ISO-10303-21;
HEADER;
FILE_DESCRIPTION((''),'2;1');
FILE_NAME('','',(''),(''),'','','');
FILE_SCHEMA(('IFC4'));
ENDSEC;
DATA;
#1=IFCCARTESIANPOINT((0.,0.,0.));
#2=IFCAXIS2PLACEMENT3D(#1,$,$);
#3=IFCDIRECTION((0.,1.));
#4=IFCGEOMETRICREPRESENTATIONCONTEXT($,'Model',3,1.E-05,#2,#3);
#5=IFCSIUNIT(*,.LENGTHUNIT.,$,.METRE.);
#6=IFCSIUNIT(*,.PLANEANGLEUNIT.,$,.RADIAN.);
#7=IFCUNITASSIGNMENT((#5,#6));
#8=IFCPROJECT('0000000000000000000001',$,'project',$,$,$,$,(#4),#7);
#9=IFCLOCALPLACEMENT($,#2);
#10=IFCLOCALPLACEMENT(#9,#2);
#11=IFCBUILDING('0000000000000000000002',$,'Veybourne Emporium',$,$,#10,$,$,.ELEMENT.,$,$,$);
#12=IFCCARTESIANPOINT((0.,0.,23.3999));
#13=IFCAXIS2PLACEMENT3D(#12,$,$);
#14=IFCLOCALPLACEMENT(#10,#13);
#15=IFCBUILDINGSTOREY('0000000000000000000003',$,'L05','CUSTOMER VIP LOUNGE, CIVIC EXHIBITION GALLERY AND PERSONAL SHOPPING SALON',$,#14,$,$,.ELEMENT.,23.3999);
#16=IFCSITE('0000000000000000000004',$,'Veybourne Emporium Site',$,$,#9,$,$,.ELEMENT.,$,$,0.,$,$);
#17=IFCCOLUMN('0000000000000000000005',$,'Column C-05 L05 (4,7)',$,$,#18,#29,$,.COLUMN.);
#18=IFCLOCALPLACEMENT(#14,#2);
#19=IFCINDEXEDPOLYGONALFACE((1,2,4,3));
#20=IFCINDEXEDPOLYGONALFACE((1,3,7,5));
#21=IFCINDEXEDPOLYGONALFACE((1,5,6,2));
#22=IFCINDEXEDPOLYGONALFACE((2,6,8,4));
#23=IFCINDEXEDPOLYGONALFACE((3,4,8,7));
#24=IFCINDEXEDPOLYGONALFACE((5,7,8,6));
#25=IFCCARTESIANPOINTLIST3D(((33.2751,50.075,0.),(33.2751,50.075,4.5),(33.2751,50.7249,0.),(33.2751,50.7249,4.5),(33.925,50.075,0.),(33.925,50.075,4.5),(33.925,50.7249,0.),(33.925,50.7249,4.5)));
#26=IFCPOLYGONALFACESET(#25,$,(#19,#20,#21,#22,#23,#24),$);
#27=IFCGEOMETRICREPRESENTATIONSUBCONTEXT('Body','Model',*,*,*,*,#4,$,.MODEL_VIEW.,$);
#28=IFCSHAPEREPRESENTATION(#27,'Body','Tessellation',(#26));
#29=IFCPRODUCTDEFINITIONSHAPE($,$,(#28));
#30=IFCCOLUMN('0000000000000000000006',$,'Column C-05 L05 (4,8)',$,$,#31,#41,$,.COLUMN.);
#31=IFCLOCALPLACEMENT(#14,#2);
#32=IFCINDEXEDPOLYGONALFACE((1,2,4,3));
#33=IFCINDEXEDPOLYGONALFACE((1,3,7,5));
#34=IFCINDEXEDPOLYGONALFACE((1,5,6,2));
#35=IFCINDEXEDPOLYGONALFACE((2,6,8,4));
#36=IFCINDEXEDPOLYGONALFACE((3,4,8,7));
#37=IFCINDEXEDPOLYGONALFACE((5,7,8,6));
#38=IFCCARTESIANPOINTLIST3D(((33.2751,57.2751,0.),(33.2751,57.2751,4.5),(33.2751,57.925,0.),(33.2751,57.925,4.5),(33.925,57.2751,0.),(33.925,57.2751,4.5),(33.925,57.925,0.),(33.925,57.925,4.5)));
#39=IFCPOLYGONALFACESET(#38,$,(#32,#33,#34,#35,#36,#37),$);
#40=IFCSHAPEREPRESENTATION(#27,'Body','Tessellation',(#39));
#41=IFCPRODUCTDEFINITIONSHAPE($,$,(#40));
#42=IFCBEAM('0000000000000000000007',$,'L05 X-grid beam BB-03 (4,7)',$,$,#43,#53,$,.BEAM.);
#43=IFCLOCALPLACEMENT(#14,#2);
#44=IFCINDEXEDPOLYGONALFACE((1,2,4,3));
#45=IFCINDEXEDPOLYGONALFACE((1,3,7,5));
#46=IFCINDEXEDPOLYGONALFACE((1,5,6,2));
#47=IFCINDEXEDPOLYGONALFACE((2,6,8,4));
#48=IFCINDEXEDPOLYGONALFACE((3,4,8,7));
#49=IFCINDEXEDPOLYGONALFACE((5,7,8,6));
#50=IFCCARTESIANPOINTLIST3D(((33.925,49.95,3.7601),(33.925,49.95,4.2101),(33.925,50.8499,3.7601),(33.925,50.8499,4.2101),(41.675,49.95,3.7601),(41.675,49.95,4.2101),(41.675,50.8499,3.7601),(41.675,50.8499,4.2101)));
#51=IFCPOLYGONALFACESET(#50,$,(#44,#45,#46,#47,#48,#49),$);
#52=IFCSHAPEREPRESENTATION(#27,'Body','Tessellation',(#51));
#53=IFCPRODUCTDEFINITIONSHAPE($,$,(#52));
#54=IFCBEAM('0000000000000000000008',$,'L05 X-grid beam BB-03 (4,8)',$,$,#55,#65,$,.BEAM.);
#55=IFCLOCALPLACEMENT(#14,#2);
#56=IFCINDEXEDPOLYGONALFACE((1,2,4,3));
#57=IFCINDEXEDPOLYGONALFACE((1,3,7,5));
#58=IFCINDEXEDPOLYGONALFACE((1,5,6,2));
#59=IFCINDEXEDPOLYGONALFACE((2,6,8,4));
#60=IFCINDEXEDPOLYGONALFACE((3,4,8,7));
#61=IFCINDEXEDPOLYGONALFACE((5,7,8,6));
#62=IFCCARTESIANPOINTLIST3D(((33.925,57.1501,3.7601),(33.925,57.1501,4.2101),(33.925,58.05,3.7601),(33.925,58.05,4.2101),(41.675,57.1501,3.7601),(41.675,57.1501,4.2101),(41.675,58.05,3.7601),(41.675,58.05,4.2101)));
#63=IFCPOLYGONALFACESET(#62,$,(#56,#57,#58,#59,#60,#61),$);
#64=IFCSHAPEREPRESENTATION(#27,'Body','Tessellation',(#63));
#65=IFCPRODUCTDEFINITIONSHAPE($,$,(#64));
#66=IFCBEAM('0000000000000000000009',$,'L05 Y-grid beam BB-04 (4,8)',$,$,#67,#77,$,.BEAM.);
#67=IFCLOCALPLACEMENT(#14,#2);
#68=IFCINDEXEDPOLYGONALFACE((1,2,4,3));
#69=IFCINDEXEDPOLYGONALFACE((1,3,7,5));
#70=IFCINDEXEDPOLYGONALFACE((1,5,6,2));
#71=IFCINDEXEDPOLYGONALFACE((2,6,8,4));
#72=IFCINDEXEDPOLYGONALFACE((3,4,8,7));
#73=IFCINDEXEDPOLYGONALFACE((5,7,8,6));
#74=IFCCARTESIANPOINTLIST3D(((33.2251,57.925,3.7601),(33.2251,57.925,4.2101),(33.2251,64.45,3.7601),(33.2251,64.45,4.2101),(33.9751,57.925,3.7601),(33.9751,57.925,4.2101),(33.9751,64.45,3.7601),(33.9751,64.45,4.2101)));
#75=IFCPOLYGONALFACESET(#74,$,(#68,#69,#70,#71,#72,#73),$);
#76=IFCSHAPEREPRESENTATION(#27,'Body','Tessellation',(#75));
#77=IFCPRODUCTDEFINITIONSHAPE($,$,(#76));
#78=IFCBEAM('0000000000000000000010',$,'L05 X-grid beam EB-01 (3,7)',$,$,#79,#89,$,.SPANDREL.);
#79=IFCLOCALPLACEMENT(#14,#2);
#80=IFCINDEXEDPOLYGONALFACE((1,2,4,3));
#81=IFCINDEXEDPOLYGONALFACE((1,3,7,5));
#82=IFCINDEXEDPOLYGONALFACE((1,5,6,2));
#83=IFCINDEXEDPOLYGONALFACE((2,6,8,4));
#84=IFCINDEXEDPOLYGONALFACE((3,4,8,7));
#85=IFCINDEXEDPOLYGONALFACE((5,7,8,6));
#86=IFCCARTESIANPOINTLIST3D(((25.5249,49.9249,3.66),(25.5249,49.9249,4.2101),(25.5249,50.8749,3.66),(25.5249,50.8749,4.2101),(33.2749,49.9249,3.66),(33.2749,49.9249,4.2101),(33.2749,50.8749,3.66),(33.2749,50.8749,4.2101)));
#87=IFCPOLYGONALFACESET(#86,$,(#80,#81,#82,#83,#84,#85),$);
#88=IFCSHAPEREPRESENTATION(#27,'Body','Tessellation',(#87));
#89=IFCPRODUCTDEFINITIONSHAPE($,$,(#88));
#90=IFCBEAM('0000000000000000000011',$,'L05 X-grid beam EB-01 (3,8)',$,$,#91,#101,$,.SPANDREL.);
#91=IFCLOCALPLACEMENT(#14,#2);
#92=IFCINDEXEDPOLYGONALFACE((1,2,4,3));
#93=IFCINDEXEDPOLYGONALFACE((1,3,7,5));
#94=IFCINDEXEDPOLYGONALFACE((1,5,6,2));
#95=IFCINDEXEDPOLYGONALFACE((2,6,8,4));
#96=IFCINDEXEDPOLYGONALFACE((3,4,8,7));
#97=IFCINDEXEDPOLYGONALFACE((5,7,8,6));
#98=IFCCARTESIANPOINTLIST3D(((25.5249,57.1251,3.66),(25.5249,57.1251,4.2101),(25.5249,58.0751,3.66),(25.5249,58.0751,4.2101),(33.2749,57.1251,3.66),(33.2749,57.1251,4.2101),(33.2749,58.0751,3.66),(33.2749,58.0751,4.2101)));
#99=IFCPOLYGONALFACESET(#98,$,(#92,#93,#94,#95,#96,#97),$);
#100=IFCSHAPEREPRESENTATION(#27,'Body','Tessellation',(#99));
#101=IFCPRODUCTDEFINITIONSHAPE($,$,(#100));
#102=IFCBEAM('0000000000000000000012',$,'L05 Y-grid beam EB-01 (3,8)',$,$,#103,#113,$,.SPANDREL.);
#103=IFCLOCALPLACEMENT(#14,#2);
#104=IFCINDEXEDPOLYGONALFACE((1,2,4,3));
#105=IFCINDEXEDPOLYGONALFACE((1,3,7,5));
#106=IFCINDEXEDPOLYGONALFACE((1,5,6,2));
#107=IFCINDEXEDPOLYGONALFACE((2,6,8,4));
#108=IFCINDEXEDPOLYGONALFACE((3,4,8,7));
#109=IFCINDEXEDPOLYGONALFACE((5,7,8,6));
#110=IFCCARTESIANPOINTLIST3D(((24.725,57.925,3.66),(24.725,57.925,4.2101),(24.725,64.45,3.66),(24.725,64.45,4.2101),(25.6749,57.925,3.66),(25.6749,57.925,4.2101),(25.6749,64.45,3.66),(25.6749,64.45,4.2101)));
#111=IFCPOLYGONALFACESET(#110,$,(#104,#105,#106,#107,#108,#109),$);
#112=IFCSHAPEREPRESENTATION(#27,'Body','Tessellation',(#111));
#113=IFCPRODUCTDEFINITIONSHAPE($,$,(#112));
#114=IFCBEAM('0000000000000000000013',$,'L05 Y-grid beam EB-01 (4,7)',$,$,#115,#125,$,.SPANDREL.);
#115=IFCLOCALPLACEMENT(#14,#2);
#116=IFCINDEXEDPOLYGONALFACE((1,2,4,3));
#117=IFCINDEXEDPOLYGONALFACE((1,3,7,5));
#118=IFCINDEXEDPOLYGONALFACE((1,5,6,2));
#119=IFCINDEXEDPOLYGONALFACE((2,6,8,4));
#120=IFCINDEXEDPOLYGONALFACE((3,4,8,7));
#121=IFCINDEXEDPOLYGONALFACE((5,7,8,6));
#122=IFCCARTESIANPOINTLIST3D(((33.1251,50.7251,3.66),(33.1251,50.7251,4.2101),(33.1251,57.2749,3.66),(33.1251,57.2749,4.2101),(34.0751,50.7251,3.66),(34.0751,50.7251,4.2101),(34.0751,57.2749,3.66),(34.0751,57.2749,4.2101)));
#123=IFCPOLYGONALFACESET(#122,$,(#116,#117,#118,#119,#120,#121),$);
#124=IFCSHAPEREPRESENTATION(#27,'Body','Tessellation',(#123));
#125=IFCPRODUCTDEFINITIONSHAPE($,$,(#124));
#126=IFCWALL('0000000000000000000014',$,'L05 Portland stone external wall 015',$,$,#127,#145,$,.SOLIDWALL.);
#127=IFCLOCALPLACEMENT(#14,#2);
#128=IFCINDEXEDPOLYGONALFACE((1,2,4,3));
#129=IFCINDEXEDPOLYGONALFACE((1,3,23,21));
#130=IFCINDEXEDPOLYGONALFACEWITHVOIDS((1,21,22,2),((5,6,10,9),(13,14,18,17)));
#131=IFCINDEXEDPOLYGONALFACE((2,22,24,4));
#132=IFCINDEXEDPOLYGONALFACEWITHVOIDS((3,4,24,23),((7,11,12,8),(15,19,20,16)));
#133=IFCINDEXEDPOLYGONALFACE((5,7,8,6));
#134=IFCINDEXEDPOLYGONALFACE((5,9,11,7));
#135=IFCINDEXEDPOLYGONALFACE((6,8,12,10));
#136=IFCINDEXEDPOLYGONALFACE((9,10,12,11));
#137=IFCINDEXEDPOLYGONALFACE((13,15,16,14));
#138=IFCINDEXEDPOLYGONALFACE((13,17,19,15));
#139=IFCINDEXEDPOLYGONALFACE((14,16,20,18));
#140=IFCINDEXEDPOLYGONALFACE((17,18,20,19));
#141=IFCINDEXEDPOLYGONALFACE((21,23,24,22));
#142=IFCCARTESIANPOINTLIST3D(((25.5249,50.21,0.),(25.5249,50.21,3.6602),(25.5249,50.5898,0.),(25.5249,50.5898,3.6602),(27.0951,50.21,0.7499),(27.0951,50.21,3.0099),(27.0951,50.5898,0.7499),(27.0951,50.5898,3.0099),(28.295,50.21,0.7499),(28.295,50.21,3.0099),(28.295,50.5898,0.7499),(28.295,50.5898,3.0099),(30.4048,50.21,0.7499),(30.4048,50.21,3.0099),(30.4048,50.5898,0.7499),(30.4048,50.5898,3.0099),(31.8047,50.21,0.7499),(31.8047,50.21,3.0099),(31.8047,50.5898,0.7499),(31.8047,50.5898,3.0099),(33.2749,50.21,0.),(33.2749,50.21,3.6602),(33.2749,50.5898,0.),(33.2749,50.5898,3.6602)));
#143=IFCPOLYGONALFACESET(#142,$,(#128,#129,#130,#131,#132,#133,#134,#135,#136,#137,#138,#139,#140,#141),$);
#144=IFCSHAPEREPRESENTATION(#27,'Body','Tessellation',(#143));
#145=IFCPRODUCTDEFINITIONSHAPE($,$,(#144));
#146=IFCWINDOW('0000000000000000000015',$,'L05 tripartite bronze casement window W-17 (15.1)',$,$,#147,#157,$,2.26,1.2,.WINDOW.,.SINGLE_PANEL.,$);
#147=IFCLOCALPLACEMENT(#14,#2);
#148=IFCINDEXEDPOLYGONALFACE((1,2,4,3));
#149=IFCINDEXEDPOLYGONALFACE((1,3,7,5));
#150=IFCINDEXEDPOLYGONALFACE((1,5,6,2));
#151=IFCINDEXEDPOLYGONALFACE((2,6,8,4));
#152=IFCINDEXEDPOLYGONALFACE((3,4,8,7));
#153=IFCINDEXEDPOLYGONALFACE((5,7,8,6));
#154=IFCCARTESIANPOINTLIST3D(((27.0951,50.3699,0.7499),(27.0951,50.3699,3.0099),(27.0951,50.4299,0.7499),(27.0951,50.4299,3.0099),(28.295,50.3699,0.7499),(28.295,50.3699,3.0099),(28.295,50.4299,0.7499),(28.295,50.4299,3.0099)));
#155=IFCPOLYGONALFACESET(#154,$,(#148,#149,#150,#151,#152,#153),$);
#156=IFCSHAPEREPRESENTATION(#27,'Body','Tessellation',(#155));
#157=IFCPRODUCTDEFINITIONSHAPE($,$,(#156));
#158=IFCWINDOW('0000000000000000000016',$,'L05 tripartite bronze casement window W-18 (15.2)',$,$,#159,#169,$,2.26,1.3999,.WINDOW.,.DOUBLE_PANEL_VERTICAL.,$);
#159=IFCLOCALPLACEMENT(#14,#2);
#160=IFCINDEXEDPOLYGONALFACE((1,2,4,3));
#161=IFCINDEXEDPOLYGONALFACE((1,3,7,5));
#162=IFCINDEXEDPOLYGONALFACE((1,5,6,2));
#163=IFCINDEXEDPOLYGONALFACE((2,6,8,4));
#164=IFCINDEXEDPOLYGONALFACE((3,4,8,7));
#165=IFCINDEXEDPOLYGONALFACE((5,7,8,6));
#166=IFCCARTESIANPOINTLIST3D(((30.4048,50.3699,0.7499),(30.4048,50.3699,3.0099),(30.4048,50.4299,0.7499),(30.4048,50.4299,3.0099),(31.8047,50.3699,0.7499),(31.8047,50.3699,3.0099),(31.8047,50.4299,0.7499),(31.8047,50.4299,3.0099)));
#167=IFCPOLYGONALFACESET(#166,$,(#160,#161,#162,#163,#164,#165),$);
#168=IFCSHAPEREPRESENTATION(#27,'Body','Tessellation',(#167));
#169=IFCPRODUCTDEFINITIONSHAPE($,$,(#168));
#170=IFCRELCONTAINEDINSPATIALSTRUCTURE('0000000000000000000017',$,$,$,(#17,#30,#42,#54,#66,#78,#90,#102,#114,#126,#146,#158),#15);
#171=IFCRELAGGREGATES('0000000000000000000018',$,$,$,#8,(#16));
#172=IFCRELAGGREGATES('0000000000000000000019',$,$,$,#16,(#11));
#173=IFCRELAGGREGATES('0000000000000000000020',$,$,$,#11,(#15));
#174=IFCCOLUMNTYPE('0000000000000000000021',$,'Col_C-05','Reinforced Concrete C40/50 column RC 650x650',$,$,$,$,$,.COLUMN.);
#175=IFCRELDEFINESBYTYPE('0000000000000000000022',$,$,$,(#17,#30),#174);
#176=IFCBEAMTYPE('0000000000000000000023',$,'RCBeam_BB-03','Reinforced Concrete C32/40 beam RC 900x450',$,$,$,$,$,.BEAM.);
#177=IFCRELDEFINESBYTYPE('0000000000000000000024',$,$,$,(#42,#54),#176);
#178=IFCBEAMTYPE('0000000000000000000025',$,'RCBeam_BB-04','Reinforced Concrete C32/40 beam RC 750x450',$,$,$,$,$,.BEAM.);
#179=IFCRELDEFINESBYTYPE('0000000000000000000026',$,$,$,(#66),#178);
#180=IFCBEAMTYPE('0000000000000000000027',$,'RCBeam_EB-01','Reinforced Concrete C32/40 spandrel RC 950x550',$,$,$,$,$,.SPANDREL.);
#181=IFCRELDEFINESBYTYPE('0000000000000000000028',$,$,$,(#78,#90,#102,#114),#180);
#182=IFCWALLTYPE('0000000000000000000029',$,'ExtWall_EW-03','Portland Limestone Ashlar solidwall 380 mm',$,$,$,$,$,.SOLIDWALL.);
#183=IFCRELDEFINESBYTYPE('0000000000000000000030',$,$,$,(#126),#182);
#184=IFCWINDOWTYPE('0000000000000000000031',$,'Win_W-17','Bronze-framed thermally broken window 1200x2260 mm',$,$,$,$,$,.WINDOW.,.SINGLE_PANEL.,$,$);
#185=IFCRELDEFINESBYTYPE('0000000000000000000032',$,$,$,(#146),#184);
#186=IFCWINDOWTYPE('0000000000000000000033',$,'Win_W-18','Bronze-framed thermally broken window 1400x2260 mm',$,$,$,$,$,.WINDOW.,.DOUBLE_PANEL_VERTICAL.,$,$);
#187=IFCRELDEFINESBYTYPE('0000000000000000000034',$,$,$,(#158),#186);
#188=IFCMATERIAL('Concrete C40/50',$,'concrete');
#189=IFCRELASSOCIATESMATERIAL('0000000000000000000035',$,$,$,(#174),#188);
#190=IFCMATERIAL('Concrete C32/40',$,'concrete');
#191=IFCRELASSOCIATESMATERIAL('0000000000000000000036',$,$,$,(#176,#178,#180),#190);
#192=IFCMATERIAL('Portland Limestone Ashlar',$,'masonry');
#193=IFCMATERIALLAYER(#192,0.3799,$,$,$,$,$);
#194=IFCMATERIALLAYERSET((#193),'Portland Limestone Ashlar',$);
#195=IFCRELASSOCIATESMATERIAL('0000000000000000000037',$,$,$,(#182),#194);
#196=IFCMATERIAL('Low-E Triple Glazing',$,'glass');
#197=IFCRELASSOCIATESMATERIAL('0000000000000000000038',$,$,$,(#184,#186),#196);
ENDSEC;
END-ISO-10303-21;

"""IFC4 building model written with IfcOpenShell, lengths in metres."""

from ifc_helpers import new_model, si_unit, direction, frame, frame_2d, origin, origin_2d, place, context, subcontext, project, spatial, rectangle, extrude, material, layer, layer_set, material_profile, profile_set, type_object, element, fill, save


model = new_model("IFC4")

# Units and contexts
model_context = context("Model", 3, precision=1e-05, world=origin(), true_north=direction((0.0, 1.0)))
body_context = subcontext(model_context, "Body", "Model", "MODEL_VIEW")
ifc_project = project(units=[si_unit("LENGTHUNIT", "METRE"), si_unit("PLANEANGLEUNIT", "RADIAN")], contexts=[model_context])

# Site, building, storey
site_placement = place(None, origin())
site = spatial("IfcSite", under=ifc_project, at=site_placement, Name="Veybourne Emporium Site", CompositionType="ELEMENT", RefElevation=0.0)
building_placement = place(site_placement, origin())
building = spatial("IfcBuilding", under=site, at=building_placement, Name="Veybourne Emporium", CompositionType="ELEMENT")
storey_placement = place(building_placement, frame((0.0, 0.0, 23.3999)))
storey = spatial("IfcBuildingStorey", under=building, at=storey_placement, Name="L05", Description="CUSTOMER VIP LOUNGE, CIVIC EXHIBITION GALLERY AND PERSONAL SHOPPING SALON", CompositionType="ELEMENT", Elevation=23.3999)

# Columns
ifc_material_1 = material(Name="Concrete C40/50", Category="concrete")
ifc_material_profile_1 = material_profile(ifc_material_1, rectangle(XDim=0.6499, YDim=0.6499, at=origin_2d()), Name="RC 650x650")
ifc_profile_set_1 = profile_set([ifc_material_profile_1], Name="Concrete C40/50")
column_type = type_object("IfcColumnType", Name="Col_C-05", Description="Reinforced Concrete C40/50 column RC 650x650", PredefinedType="COLUMN", material=ifc_profile_set_1)
for number, where, z_axis, x_axis, name in (
    (1, (33.6001, 50.3999, 0.0), (0.0, 0.0, 1.0), (1.0, 0.0, 0.0), "Column C-05 L05 (4,7)"),
    (2, (33.6001, 57.6001, 0.0), (0.0, 0.0, 1.0), (1.0, 0.0, 0.0), "Column C-05 L05 (4,8)"),
):
    element("IfcColumn", number, at=place(storey_placement, frame(where, z_axis=z_axis, x_axis=x_axis)), inside=storey, type_object=column_type, Name=name, PredefinedType="COLUMN", context=body_context, shape_type="SweptSolid", body=[
        extrude(rectangle(XDim=0.6499, YDim=0.6499, at=origin_2d()), origin(), (0.0, 0.0, 1.0), 4.5),
    ])

# Beams
ifc_material_2 = material(Name="Concrete C32/40", Category="concrete")
ifc_material_profile_2 = material_profile(ifc_material_2, rectangle(XDim=0.8999, YDim=0.45, at=origin_2d()), Name="RC 900x450")
ifc_profile_set_2 = profile_set([ifc_material_profile_2], Name="Concrete C32/40")
beam_type_1 = type_object("IfcBeamType", Name="RCBeam_BB-03", Description="Reinforced Concrete C32/40 beam RC 900x450", PredefinedType="BEAM", material=ifc_profile_set_2)
for number, where, z_axis, x_axis, name in (
    (3, (33.925, 50.3999, 3.9851), (1.0, 0.0, 0.0), (0.0, 1.0, 0.0), "L05 X-grid beam BB-03 (4,7)"),
    (4, (33.925, 57.6001, 3.9851), (1.0, 0.0, 0.0), (0.0, 1.0, 0.0), "L05 X-grid beam BB-03 (4,8)"),
):
    element("IfcBeam", number, at=place(storey_placement, frame(where, z_axis=z_axis, x_axis=x_axis)), inside=storey, type_object=beam_type_1, Name=name, PredefinedType="BEAM", context=body_context, shape_type="SweptSolid", body=[
        extrude(rectangle(XDim=0.8999, YDim=0.45, at=origin_2d()), origin(), (0.0, 0.0, 1.0), 7.75),
    ])
ifc_material_profile_3 = material_profile(ifc_material_2, rectangle(XDim=0.75, YDim=0.45, at=origin_2d()), Name="RC 750x450")
ifc_profile_set_3 = profile_set([ifc_material_profile_3], Name="Concrete C32/40")
beam_type_2 = type_object("IfcBeamType", Name="RCBeam_BB-04", Description="Reinforced Concrete C32/40 beam RC 750x450", PredefinedType="BEAM", material=ifc_profile_set_3)
beam_1_placement = place(storey_placement, frame((33.6001, 57.925, 3.9851), z_axis=(0.0, 1.0, 0.0), x_axis=(-1.0, 0.0, 0.0)))
element("IfcBeam", 5, at=beam_1_placement, inside=storey, type_object=beam_type_2, Name="L05 Y-grid beam BB-04 (4,8)", PredefinedType="BEAM", context=body_context, shape_type="SweptSolid", body=[
    extrude(rectangle(XDim=0.75, YDim=0.45, at=origin_2d()), origin(), (0.0, 0.0, 1.0), 6.5249),
])
ifc_material_profile_4 = material_profile(ifc_material_2, rectangle(XDim=0.95, YDim=0.55, at=origin_2d()), Name="RC 950x550")
ifc_profile_set_4 = profile_set([ifc_material_profile_4], Name="Concrete C32/40")
beam_type_3 = type_object("IfcBeamType", Name="RCBeam_EB-01", Description="Reinforced Concrete C32/40 spandrel RC 950x550", PredefinedType="SPANDREL", material=ifc_profile_set_4)
for number, where, z_axis, x_axis, name in (
    (6, (25.5249, 50.3999, 3.9351), (1.0, 0.0, 0.0), (0.0, 1.0, 0.0), "L05 X-grid beam EB-01 (3,7)"),
    (7, (25.5249, 57.6001, 3.9351), (1.0, 0.0, 0.0), (0.0, 1.0, 0.0), "L05 X-grid beam EB-01 (3,8)"),
):
    element("IfcBeam", number, at=place(storey_placement, frame(where, z_axis=z_axis, x_axis=x_axis)), inside=storey, type_object=beam_type_3, Name=name, PredefinedType="SPANDREL", context=body_context, shape_type="SweptSolid", body=[
        extrude(rectangle(XDim=0.95, YDim=0.55, at=origin_2d()), origin(), (0.0, 0.0, 1.0), 7.75),
    ])
beam_2_placement = place(storey_placement, frame((25.2, 57.925, 3.9351), z_axis=(0.0, 1.0, 0.0), x_axis=(-1.0, 0.0, 0.0)))
element("IfcBeam", 8, at=beam_2_placement, inside=storey, type_object=beam_type_3, Name="L05 Y-grid beam EB-01 (3,8)", PredefinedType="SPANDREL", context=body_context, shape_type="SweptSolid", body=[
    extrude(rectangle(XDim=0.95, YDim=0.55, at=origin_2d()), origin(), (0.0, 0.0, 1.0), 6.5249),
])
beam_3_placement = place(storey_placement, frame((33.6001, 50.7251, 3.9351), z_axis=(0.0, 1.0, 0.0), x_axis=(-1.0, 0.0, 0.0)))
element("IfcBeam", 9, at=beam_3_placement, inside=storey, type_object=beam_type_3, Name="L05 Y-grid beam EB-01 (4,7)", PredefinedType="SPANDREL", context=body_context, shape_type="SweptSolid", body=[
    extrude(rectangle(XDim=0.95, YDim=0.55, at=origin_2d()), origin(), (0.0, 0.0, 1.0), 6.5498),
])

# Wall, openings, windows
ifc_material_3 = material(Name="Portland Limestone Ashlar", Category="masonry")
ifc_layer_1 = layer(ifc_material_3, 0.3799)
ifc_layer_set_1 = layer_set([ifc_layer_1], Name="Portland Limestone Ashlar")
wall_type = type_object("IfcWallType", Name="ExtWall_EW-03", Description="Portland Limestone Ashlar solidwall 380 mm", PredefinedType="SOLIDWALL", material=ifc_layer_set_1)
wall_1_placement = place(storey_placement, frame((25.5249, 50.3999, 0.0), z_axis=(0.0, 0.0, 1.0), x_axis=(1.0, 0.0, 0.0)))
wall_1 = element("IfcWall", 10, at=wall_1_placement, inside=storey, type_object=wall_type, Name="L05 Portland stone external wall 015", PredefinedType="SOLIDWALL", context=body_context, shape_type="SweptSolid", body=[
    extrude(rectangle(XDim=7.75, YDim=0.3799, at=frame_2d((3.875, 0.0))), origin(), (0.0, 0.0, 1.0), 3.6602),
])
opening_1_placement = place(wall_1_placement, frame((1.5701, 0.0, 0.75)))
opening_1 = element("IfcOpeningElement", 11, at=opening_1_placement, cuts=wall_1, PredefinedType="OPENING", context=body_context, shape_type="SweptSolid", body=[
    extrude(rectangle(XDim=1.2, YDim=2.26, at=frame_2d((0.6001, 1.1299))), frame((0.0, 0.21, 0.0), z_axis=(0.0, -1.0, 0.0), x_axis=(1.0, 0.0, 0.0)), (0.0, 0.0, 1.0), 0.4199),
])
opening_2_placement = place(wall_1_placement, frame((4.8799, 0.0, 0.75)))
opening_2 = element("IfcOpeningElement", 12, at=opening_2_placement, cuts=wall_1, PredefinedType="OPENING", context=body_context, shape_type="SweptSolid", body=[
    extrude(rectangle(XDim=1.3999, YDim=2.26, at=frame_2d((0.7, 1.1299))), frame((0.0, 0.21, 0.0), z_axis=(0.0, -1.0, 0.0), x_axis=(1.0, 0.0, 0.0)), (0.0, 0.0, 1.0), 0.4199),
])
ifc_material_4 = material(Name="Low-E Triple Glazing", Category="glass")
window_type_1 = type_object("IfcWindowType", Name="Win_W-17", Description="Bronze-framed thermally broken window 1200x2260 mm", PartitioningType="SINGLE_PANEL", PredefinedType="WINDOW", material=ifc_material_4)
window_1_placement = place(opening_1_placement, origin())
window_1 = element("IfcWindow", 13, at=window_1_placement, inside=storey, type_object=window_type_1, Name="L05 tripartite bronze casement window W-17 (15.1)", OverallHeight=2.26, OverallWidth=1.2, PartitioningType="SINGLE_PANEL", PredefinedType="WINDOW", context=body_context, shape_type="SweptSolid", body=[
    extrude(rectangle(XDim=1.2, YDim=2.26, at=frame_2d((0.6001, 1.1299))), frame((0.0, 0.03, 0.0), z_axis=(0.0, -1.0, 0.0), x_axis=(1.0, 0.0, 0.0)), (0.0, 0.0, 1.0), 0.0601),
])
fill(opening_1, window_1)
window_type_2 = type_object("IfcWindowType", Name="Win_W-18", Description="Bronze-framed thermally broken window 1400x2260 mm", PartitioningType="DOUBLE_PANEL_VERTICAL", PredefinedType="WINDOW", material=ifc_material_4)
window_2_placement = place(opening_2_placement, origin())
window_2 = element("IfcWindow", 14, at=window_2_placement, inside=storey, type_object=window_type_2, Name="L05 tripartite bronze casement window W-18 (15.2)", OverallHeight=2.26, OverallWidth=1.3999, PartitioningType="DOUBLE_PANEL_VERTICAL", PredefinedType="WINDOW", context=body_context, shape_type="SweptSolid", body=[
    extrude(rectangle(XDim=1.3999, YDim=2.26, at=frame_2d((0.7, 1.1299))), frame((0.0, 0.03, 0.0), z_axis=(0.0, -1.0, 0.0), x_axis=(1.0, 0.0, 0.0)), (0.0, 0.0, 1.0), 0.0601),
])
fill(opening_2, window_2)

save(model, "model.ifc")
